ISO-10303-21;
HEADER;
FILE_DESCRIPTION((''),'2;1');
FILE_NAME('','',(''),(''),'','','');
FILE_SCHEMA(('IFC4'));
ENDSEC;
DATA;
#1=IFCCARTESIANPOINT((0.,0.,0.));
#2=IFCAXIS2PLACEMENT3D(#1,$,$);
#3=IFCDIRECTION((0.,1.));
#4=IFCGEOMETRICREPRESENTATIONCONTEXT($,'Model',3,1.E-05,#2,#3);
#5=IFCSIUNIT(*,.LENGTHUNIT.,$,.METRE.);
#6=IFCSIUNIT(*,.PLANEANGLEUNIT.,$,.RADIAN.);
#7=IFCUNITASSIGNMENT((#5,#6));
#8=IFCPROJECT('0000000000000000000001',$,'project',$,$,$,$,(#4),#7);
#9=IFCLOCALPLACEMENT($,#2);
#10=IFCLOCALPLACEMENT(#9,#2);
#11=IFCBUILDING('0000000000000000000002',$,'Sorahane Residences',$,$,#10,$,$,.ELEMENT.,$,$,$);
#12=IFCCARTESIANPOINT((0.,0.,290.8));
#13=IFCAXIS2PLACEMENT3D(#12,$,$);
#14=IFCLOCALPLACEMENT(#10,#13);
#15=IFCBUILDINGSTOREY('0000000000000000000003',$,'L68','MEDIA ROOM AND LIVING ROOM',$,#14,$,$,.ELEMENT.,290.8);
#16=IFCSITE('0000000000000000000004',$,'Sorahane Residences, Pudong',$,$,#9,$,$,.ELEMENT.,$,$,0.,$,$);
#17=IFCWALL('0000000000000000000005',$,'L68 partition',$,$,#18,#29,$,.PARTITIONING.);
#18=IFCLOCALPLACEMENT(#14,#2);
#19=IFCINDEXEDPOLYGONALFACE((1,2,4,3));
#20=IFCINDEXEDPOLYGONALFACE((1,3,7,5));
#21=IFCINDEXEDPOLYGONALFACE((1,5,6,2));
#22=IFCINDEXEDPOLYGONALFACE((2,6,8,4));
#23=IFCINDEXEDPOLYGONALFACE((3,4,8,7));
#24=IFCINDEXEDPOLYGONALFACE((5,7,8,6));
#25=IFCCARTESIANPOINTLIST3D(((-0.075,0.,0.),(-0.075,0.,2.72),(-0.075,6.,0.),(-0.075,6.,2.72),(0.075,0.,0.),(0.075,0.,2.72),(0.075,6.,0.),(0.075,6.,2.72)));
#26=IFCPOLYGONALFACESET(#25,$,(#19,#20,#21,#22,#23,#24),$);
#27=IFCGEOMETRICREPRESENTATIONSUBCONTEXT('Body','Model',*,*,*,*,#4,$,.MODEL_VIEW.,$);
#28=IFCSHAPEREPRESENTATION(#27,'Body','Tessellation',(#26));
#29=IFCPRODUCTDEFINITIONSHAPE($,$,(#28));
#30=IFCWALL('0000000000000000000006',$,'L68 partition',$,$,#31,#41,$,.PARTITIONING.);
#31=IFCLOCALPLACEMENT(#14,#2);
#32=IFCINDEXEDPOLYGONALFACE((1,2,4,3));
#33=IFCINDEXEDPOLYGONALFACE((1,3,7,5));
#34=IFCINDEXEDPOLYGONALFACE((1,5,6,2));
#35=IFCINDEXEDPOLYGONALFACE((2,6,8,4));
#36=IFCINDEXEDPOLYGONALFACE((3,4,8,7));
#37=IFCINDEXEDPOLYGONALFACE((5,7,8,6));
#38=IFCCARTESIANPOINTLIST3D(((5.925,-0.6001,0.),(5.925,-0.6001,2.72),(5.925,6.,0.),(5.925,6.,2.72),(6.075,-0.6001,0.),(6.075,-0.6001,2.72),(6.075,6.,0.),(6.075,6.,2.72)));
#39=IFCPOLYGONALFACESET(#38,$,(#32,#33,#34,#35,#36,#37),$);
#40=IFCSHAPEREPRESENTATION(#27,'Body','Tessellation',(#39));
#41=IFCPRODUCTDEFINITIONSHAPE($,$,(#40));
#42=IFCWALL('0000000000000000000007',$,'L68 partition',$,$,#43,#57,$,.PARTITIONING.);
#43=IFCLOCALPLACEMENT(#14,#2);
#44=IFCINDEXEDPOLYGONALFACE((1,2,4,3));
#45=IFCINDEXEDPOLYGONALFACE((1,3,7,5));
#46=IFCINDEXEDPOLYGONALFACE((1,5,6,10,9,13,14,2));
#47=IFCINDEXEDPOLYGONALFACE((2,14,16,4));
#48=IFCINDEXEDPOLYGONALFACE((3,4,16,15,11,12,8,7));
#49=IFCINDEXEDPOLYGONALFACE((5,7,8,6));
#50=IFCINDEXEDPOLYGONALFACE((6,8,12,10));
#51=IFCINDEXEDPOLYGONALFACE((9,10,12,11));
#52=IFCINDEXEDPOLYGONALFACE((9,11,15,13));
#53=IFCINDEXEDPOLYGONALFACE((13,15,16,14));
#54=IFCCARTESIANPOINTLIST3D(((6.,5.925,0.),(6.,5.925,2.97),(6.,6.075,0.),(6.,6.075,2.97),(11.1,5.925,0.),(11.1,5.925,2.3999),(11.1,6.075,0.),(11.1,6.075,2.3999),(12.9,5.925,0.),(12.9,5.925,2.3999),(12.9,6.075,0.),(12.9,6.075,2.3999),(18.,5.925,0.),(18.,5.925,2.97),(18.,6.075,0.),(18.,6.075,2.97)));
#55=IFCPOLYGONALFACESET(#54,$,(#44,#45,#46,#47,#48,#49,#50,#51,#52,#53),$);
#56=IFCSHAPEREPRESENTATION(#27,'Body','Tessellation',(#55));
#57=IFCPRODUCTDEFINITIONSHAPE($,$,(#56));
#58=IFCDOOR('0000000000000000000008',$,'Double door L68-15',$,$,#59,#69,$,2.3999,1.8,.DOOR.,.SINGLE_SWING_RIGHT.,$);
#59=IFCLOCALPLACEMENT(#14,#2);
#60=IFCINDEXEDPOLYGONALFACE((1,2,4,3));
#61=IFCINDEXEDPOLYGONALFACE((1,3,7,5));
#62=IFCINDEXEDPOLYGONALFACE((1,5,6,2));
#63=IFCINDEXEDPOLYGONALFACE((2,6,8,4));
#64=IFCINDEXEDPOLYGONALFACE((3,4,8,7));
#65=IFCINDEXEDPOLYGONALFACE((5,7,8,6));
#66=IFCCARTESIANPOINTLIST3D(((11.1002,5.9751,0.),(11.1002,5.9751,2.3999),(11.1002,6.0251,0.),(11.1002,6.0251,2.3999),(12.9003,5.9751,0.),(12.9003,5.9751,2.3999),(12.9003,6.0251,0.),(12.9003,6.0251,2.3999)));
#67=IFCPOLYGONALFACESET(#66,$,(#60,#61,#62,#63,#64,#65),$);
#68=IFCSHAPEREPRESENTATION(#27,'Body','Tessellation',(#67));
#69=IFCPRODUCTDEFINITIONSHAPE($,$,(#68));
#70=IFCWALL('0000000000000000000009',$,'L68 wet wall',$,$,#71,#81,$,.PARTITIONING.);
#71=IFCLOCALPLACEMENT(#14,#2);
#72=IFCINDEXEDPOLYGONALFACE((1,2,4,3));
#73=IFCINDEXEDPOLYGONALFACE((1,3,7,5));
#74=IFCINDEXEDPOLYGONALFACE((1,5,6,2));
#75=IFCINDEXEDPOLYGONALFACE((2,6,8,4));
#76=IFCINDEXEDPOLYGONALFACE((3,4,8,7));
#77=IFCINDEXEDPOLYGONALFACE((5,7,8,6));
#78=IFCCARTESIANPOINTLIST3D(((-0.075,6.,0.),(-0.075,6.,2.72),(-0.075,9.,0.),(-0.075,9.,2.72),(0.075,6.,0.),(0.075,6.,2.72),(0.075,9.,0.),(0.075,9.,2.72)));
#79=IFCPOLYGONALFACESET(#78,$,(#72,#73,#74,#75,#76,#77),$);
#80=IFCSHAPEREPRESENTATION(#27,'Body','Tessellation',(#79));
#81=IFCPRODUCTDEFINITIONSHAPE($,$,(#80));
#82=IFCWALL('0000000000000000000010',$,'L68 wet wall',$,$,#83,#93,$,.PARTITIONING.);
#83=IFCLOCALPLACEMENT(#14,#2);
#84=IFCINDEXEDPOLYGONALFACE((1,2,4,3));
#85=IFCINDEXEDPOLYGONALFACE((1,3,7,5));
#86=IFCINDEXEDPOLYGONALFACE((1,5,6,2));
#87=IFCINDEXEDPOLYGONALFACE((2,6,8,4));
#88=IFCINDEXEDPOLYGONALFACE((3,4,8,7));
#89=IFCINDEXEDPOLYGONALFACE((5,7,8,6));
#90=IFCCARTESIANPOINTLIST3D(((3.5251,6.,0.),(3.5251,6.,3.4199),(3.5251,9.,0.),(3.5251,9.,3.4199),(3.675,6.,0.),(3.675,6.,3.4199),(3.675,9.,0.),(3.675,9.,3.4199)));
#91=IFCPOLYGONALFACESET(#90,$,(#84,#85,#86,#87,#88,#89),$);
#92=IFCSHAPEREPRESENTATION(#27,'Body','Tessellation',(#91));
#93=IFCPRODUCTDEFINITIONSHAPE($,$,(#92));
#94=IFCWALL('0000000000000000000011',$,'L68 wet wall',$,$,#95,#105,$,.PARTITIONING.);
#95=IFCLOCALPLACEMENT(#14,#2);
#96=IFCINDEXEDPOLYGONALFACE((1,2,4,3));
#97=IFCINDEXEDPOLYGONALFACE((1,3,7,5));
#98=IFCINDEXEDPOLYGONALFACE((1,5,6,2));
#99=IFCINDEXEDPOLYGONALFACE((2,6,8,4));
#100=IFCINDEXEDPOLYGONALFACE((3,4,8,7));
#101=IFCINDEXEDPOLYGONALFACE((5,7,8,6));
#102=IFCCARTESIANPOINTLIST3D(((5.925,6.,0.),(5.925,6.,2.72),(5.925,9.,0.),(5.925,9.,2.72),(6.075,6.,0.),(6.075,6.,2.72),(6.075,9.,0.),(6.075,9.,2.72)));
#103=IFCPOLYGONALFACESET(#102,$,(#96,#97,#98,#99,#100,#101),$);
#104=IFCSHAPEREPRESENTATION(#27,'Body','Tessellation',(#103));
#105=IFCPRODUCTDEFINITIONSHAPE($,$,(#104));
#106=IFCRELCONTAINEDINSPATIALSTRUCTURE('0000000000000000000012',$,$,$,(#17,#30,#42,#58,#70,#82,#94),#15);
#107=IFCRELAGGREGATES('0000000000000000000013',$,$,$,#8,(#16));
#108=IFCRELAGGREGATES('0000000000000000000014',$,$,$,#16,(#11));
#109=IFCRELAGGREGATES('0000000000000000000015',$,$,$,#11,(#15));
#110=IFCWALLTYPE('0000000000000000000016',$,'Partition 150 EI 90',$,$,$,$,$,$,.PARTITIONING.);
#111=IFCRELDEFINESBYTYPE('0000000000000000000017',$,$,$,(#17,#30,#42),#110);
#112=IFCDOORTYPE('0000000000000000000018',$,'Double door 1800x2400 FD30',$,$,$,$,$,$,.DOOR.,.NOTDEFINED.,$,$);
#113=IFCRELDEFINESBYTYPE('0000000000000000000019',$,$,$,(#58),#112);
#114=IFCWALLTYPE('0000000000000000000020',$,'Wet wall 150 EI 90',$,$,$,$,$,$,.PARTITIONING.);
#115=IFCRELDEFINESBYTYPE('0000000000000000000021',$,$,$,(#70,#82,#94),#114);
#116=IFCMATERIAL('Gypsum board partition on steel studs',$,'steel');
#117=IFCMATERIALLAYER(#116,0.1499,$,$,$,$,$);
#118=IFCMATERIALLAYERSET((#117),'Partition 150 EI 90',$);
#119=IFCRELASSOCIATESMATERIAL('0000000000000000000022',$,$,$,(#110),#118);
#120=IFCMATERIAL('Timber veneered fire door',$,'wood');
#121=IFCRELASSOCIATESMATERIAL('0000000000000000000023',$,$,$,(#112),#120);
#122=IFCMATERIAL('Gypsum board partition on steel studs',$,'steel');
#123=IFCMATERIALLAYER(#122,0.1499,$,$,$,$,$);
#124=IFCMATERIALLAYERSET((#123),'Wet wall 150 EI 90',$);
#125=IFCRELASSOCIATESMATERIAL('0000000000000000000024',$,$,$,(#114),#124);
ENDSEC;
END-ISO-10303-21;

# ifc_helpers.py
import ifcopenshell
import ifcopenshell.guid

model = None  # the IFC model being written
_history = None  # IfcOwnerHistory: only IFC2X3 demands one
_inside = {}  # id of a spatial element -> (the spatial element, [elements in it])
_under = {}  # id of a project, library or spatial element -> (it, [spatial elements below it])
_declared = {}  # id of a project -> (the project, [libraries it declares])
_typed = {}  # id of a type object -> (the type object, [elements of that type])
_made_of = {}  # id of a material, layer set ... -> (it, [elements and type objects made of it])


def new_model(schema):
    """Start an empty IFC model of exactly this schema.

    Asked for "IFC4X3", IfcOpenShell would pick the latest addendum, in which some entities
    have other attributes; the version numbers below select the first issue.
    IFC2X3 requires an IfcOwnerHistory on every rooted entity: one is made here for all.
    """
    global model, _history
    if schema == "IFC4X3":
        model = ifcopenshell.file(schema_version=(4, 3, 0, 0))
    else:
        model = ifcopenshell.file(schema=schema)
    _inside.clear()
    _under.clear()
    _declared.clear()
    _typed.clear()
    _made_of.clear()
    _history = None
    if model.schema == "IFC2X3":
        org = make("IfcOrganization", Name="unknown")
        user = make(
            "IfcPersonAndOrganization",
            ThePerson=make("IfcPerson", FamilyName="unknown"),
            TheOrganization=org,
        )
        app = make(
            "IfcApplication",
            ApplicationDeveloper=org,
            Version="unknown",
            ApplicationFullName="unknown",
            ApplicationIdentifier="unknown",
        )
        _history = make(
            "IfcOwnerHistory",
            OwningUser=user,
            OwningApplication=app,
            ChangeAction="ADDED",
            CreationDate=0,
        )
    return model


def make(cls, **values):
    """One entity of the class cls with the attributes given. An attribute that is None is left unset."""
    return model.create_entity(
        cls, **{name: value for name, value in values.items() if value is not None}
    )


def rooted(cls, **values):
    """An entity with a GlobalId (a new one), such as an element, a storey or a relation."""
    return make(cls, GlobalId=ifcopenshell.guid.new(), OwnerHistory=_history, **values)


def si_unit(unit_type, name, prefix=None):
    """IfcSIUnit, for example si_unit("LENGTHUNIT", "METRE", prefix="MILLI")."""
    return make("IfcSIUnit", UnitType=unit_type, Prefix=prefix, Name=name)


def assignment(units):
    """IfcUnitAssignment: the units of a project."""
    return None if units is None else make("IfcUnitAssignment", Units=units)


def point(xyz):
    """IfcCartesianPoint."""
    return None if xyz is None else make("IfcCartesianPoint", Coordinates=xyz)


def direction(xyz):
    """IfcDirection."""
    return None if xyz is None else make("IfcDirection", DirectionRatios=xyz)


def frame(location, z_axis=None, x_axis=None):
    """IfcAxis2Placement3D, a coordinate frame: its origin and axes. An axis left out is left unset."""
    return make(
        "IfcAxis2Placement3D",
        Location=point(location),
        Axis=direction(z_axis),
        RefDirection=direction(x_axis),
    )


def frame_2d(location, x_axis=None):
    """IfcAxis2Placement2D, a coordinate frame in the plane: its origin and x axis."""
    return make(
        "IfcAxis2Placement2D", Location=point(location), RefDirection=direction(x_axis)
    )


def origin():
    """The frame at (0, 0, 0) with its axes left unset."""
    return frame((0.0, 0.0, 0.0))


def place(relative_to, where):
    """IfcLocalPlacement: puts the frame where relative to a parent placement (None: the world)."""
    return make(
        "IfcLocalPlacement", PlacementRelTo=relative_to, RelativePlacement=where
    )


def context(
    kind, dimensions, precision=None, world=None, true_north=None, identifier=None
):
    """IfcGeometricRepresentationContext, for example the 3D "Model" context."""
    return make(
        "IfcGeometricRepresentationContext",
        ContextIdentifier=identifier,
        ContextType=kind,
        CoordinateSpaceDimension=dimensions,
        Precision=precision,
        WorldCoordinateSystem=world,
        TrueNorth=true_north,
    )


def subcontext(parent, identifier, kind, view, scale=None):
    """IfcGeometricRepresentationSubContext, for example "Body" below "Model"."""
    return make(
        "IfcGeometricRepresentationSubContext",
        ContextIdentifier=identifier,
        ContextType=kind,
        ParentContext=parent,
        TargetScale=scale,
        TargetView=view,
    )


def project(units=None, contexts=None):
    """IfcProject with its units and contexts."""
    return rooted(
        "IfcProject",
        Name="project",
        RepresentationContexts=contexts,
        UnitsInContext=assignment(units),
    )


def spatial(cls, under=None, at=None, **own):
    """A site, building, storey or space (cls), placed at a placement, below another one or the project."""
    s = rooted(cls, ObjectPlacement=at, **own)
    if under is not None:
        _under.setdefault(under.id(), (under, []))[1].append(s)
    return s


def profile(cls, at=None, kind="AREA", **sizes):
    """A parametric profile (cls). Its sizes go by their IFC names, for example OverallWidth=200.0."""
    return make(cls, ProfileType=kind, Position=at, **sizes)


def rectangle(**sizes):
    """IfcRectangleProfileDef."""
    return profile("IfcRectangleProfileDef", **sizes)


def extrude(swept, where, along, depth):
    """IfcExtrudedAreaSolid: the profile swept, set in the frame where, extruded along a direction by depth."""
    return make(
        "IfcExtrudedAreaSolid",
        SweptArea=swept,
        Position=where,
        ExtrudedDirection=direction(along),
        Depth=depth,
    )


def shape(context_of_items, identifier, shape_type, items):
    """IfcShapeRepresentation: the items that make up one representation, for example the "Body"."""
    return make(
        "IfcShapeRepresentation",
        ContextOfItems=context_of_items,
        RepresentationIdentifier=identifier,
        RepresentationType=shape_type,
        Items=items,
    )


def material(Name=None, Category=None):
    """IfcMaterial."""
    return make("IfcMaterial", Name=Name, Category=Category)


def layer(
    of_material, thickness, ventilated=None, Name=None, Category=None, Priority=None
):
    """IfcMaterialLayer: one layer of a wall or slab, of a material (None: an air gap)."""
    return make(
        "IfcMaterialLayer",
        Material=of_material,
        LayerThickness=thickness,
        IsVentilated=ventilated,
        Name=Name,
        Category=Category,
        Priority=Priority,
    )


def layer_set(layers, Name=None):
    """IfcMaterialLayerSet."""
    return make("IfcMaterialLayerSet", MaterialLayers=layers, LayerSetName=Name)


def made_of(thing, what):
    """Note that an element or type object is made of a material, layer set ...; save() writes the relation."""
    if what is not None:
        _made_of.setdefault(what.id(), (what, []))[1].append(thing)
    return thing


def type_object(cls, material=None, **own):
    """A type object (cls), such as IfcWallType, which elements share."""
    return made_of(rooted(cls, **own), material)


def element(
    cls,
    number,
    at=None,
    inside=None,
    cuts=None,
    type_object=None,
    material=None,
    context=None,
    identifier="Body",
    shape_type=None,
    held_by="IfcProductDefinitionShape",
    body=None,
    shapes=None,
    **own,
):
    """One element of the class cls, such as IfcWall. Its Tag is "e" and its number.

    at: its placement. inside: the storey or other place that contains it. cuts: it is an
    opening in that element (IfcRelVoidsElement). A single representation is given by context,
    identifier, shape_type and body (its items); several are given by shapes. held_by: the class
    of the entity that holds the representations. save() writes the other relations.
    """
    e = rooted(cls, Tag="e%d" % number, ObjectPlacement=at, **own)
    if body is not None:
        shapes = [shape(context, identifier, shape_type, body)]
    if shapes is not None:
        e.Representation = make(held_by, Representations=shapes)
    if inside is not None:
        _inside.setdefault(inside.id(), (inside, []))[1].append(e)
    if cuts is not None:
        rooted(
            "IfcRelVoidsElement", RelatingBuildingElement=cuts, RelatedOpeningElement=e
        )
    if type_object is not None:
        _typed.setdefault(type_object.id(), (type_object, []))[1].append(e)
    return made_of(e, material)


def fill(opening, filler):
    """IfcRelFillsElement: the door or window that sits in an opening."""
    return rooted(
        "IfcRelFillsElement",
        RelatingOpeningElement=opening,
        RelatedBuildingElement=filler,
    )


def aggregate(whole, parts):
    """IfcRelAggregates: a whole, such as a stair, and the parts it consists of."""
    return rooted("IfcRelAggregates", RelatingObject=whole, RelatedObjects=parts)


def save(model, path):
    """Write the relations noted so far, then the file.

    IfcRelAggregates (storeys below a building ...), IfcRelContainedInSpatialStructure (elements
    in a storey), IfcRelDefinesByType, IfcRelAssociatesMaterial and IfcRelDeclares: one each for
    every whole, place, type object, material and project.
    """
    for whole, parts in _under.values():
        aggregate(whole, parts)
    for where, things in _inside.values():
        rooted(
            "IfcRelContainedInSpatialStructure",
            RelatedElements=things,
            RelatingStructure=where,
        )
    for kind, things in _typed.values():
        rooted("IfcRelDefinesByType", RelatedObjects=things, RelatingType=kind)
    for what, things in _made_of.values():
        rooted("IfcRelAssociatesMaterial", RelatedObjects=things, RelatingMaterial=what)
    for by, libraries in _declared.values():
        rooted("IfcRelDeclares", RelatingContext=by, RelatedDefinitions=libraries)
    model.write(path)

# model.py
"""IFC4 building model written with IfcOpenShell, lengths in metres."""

from ifc_helpers import new_model, si_unit, direction, frame, frame_2d, origin, place, context, subcontext, project, spatial, rectangle, extrude, material, layer, layer_set, type_object, element, fill, save


model = new_model("IFC4")

# Units and contexts
model_context = context("Model", 3, precision=1e-05, world=origin(), true_north=direction((0.0, 1.0)))
body_context = subcontext(model_context, "Body", "Model", "MODEL_VIEW")
ifc_project = project(units=[si_unit("LENGTHUNIT", "METRE"), si_unit("PLANEANGLEUNIT", "RADIAN")], contexts=[model_context])

# Site, building, storey
site_placement = place(None, origin())
site = spatial("IfcSite", under=ifc_project, at=site_placement, Name="Sorahane Residences, Pudong", CompositionType="ELEMENT", RefElevation=0.0)
building_placement = place(site_placement, origin())
building = spatial("IfcBuilding", under=site, at=building_placement, Name="Sorahane Residences", CompositionType="ELEMENT")
storey_placement = place(building_placement, frame((0.0, 0.0, 290.8)))
storey = spatial("IfcBuildingStorey", under=building, at=storey_placement, Name="L68", Description="MEDIA ROOM AND LIVING ROOM", CompositionType="ELEMENT", Elevation=290.8)

# Walls
ifc_material_1 = material(Name="Gypsum board partition on steel studs", Category="steel")
ifc_layer_1 = layer(ifc_material_1, 0.1499)
ifc_layer_set_1 = layer_set([ifc_layer_1], Name="Partition 150 EI 90")
wall_type_1 = type_object("IfcWallType", Name="Partition 150 EI 90", PredefinedType="PARTITIONING", material=ifc_layer_set_1)
wall_1_placement = place(storey_placement, frame((0.0, 0.0, 0.0), z_axis=(0.0, 0.0, 1.0), x_axis=(0.0, 1.0, 0.0)))
element("IfcWall", 1, at=wall_1_placement, inside=storey, type_object=wall_type_1, Name="L68 partition", PredefinedType="PARTITIONING", context=body_context, shape_type="SweptSolid", body=[
    extrude(rectangle(XDim=6.0, YDim=0.1499, at=frame_2d((3.0, 0.0))), origin(), (0.0, 0.0, 1.0), 2.72),
])
wall_2_placement = place(storey_placement, frame((6.0, -0.6001, 0.0), z_axis=(0.0, 0.0, 1.0), x_axis=(0.0, 1.0, 0.0)))
element("IfcWall", 2, at=wall_2_placement, inside=storey, type_object=wall_type_1, Name="L68 partition", PredefinedType="PARTITIONING", context=body_context, shape_type="SweptSolid", body=[
    extrude(rectangle(XDim=6.6001, YDim=0.1499, at=frame_2d((3.3, 0.0))), origin(), (0.0, 0.0, 1.0), 2.72),
])

# Wall, opening, door
wall_3_placement = place(storey_placement, frame((6.0, 6.0, 0.0), z_axis=(0.0, 0.0, 1.0), x_axis=(1.0, 0.0, 0.0)))
wall_3 = element("IfcWall", 3, at=wall_3_placement, inside=storey, type_object=wall_type_1, Name="L68 partition", PredefinedType="PARTITIONING", context=body_context, shape_type="SweptSolid", body=[
    extrude(rectangle(XDim=12.0, YDim=0.1499, at=frame_2d((6.0, 0.0))), origin(), (0.0, 0.0, 1.0), 2.97),
])
opening_1_placement = place(wall_3_placement, frame((5.1001, 0.0, 0.0)))
opening_1 = element("IfcOpeningElement", 4, at=opening_1_placement, cuts=wall_3, PredefinedType="OPENING", context=body_context, shape_type="SweptSolid", body=[
    extrude(rectangle(XDim=1.8, YDim=2.3999, at=frame_2d((0.8999, 1.2))), frame((0.0, 0.085, 0.0), z_axis=(0.0, -1.0, 0.0), x_axis=(1.0, 0.0, 0.0)), (0.0, 0.0, 1.0), 0.1699),
])
ifc_material_2 = material(Name="Timber veneered fire door", Category="wood")
door_type_1 = type_object("IfcDoorType", Name="Double door 1800x2400 FD30", OperationType="NOTDEFINED", PredefinedType="DOOR", material=ifc_material_2)
door_1_placement = place(opening_1_placement, frame((1.8, 0.0, 0.0), z_axis=(0.0, 0.0, 1.0), x_axis=(-1.0, 0.0, 0.0)))
door_1 = element("IfcDoor", 5, at=door_1_placement, inside=storey, type_object=door_type_1, Name="Double door L68-15", OperationType="SINGLE_SWING_RIGHT", OverallHeight=2.3999, OverallWidth=1.8, PredefinedType="DOOR", context=body_context, shape_type="SweptSolid", body=[
    extrude(rectangle(XDim=1.8, YDim=2.3999, at=frame_2d((0.8999, 1.2))), frame((0.0, 0.0249, 0.0), z_axis=(0.0, -1.0, 0.0), x_axis=(1.0, 0.0, 0.0)), (0.0, 0.0, 1.0), 0.05),
])
fill(opening_1, door_1)

# Walls
ifc_material_3 = material(Name="Gypsum board partition on steel studs", Category="steel")
ifc_layer_2 = layer(ifc_material_3, 0.1499)
ifc_layer_set_2 = layer_set([ifc_layer_2], Name="Wet wall 150 EI 90")
wall_type_2 = type_object("IfcWallType", Name="Wet wall 150 EI 90", PredefinedType="PARTITIONING", material=ifc_layer_set_2)
wall_4_placement = place(storey_placement, frame((0.0, 6.0, 0.0), z_axis=(0.0, 0.0, 1.0), x_axis=(0.0, 1.0, 0.0)))
element("IfcWall", 6, at=wall_4_placement, inside=storey, type_object=wall_type_2, Name="L68 wet wall", PredefinedType="PARTITIONING", context=body_context, shape_type="SweptSolid", body=[
    extrude(rectangle(XDim=3.0, YDim=0.1499, at=frame_2d((1.5, 0.0))), origin(), (0.0, 0.0, 1.0), 2.72),
])
wall_5_placement = place(storey_placement, frame((3.6001, 6.0, 0.0), z_axis=(0.0, 0.0, 1.0), x_axis=(0.0, 1.0, 0.0)))
element("IfcWall", 7, at=wall_5_placement, inside=storey, type_object=wall_type_2, Name="L68 wet wall", PredefinedType="PARTITIONING", context=body_context, shape_type="SweptSolid", body=[
    extrude(rectangle(XDim=3.0, YDim=0.1499, at=frame_2d((1.5, 0.0))), origin(), (0.0, 0.0, 1.0), 3.4199),
])
wall_6_placement = place(storey_placement, frame((6.0, 6.0, 0.0), z_axis=(0.0, 0.0, 1.0), x_axis=(0.0, 1.0, 0.0)))
element("IfcWall", 8, at=wall_6_placement, inside=storey, type_object=wall_type_2, Name="L68 wet wall", PredefinedType="PARTITIONING", context=body_context, shape_type="SweptSolid", body=[
    extrude(rectangle(XDim=3.0, YDim=0.1499, at=frame_2d((1.5, 0.0))), origin(), (0.0, 0.0, 1.0), 2.72),
])

save(model, "model.ifc")
